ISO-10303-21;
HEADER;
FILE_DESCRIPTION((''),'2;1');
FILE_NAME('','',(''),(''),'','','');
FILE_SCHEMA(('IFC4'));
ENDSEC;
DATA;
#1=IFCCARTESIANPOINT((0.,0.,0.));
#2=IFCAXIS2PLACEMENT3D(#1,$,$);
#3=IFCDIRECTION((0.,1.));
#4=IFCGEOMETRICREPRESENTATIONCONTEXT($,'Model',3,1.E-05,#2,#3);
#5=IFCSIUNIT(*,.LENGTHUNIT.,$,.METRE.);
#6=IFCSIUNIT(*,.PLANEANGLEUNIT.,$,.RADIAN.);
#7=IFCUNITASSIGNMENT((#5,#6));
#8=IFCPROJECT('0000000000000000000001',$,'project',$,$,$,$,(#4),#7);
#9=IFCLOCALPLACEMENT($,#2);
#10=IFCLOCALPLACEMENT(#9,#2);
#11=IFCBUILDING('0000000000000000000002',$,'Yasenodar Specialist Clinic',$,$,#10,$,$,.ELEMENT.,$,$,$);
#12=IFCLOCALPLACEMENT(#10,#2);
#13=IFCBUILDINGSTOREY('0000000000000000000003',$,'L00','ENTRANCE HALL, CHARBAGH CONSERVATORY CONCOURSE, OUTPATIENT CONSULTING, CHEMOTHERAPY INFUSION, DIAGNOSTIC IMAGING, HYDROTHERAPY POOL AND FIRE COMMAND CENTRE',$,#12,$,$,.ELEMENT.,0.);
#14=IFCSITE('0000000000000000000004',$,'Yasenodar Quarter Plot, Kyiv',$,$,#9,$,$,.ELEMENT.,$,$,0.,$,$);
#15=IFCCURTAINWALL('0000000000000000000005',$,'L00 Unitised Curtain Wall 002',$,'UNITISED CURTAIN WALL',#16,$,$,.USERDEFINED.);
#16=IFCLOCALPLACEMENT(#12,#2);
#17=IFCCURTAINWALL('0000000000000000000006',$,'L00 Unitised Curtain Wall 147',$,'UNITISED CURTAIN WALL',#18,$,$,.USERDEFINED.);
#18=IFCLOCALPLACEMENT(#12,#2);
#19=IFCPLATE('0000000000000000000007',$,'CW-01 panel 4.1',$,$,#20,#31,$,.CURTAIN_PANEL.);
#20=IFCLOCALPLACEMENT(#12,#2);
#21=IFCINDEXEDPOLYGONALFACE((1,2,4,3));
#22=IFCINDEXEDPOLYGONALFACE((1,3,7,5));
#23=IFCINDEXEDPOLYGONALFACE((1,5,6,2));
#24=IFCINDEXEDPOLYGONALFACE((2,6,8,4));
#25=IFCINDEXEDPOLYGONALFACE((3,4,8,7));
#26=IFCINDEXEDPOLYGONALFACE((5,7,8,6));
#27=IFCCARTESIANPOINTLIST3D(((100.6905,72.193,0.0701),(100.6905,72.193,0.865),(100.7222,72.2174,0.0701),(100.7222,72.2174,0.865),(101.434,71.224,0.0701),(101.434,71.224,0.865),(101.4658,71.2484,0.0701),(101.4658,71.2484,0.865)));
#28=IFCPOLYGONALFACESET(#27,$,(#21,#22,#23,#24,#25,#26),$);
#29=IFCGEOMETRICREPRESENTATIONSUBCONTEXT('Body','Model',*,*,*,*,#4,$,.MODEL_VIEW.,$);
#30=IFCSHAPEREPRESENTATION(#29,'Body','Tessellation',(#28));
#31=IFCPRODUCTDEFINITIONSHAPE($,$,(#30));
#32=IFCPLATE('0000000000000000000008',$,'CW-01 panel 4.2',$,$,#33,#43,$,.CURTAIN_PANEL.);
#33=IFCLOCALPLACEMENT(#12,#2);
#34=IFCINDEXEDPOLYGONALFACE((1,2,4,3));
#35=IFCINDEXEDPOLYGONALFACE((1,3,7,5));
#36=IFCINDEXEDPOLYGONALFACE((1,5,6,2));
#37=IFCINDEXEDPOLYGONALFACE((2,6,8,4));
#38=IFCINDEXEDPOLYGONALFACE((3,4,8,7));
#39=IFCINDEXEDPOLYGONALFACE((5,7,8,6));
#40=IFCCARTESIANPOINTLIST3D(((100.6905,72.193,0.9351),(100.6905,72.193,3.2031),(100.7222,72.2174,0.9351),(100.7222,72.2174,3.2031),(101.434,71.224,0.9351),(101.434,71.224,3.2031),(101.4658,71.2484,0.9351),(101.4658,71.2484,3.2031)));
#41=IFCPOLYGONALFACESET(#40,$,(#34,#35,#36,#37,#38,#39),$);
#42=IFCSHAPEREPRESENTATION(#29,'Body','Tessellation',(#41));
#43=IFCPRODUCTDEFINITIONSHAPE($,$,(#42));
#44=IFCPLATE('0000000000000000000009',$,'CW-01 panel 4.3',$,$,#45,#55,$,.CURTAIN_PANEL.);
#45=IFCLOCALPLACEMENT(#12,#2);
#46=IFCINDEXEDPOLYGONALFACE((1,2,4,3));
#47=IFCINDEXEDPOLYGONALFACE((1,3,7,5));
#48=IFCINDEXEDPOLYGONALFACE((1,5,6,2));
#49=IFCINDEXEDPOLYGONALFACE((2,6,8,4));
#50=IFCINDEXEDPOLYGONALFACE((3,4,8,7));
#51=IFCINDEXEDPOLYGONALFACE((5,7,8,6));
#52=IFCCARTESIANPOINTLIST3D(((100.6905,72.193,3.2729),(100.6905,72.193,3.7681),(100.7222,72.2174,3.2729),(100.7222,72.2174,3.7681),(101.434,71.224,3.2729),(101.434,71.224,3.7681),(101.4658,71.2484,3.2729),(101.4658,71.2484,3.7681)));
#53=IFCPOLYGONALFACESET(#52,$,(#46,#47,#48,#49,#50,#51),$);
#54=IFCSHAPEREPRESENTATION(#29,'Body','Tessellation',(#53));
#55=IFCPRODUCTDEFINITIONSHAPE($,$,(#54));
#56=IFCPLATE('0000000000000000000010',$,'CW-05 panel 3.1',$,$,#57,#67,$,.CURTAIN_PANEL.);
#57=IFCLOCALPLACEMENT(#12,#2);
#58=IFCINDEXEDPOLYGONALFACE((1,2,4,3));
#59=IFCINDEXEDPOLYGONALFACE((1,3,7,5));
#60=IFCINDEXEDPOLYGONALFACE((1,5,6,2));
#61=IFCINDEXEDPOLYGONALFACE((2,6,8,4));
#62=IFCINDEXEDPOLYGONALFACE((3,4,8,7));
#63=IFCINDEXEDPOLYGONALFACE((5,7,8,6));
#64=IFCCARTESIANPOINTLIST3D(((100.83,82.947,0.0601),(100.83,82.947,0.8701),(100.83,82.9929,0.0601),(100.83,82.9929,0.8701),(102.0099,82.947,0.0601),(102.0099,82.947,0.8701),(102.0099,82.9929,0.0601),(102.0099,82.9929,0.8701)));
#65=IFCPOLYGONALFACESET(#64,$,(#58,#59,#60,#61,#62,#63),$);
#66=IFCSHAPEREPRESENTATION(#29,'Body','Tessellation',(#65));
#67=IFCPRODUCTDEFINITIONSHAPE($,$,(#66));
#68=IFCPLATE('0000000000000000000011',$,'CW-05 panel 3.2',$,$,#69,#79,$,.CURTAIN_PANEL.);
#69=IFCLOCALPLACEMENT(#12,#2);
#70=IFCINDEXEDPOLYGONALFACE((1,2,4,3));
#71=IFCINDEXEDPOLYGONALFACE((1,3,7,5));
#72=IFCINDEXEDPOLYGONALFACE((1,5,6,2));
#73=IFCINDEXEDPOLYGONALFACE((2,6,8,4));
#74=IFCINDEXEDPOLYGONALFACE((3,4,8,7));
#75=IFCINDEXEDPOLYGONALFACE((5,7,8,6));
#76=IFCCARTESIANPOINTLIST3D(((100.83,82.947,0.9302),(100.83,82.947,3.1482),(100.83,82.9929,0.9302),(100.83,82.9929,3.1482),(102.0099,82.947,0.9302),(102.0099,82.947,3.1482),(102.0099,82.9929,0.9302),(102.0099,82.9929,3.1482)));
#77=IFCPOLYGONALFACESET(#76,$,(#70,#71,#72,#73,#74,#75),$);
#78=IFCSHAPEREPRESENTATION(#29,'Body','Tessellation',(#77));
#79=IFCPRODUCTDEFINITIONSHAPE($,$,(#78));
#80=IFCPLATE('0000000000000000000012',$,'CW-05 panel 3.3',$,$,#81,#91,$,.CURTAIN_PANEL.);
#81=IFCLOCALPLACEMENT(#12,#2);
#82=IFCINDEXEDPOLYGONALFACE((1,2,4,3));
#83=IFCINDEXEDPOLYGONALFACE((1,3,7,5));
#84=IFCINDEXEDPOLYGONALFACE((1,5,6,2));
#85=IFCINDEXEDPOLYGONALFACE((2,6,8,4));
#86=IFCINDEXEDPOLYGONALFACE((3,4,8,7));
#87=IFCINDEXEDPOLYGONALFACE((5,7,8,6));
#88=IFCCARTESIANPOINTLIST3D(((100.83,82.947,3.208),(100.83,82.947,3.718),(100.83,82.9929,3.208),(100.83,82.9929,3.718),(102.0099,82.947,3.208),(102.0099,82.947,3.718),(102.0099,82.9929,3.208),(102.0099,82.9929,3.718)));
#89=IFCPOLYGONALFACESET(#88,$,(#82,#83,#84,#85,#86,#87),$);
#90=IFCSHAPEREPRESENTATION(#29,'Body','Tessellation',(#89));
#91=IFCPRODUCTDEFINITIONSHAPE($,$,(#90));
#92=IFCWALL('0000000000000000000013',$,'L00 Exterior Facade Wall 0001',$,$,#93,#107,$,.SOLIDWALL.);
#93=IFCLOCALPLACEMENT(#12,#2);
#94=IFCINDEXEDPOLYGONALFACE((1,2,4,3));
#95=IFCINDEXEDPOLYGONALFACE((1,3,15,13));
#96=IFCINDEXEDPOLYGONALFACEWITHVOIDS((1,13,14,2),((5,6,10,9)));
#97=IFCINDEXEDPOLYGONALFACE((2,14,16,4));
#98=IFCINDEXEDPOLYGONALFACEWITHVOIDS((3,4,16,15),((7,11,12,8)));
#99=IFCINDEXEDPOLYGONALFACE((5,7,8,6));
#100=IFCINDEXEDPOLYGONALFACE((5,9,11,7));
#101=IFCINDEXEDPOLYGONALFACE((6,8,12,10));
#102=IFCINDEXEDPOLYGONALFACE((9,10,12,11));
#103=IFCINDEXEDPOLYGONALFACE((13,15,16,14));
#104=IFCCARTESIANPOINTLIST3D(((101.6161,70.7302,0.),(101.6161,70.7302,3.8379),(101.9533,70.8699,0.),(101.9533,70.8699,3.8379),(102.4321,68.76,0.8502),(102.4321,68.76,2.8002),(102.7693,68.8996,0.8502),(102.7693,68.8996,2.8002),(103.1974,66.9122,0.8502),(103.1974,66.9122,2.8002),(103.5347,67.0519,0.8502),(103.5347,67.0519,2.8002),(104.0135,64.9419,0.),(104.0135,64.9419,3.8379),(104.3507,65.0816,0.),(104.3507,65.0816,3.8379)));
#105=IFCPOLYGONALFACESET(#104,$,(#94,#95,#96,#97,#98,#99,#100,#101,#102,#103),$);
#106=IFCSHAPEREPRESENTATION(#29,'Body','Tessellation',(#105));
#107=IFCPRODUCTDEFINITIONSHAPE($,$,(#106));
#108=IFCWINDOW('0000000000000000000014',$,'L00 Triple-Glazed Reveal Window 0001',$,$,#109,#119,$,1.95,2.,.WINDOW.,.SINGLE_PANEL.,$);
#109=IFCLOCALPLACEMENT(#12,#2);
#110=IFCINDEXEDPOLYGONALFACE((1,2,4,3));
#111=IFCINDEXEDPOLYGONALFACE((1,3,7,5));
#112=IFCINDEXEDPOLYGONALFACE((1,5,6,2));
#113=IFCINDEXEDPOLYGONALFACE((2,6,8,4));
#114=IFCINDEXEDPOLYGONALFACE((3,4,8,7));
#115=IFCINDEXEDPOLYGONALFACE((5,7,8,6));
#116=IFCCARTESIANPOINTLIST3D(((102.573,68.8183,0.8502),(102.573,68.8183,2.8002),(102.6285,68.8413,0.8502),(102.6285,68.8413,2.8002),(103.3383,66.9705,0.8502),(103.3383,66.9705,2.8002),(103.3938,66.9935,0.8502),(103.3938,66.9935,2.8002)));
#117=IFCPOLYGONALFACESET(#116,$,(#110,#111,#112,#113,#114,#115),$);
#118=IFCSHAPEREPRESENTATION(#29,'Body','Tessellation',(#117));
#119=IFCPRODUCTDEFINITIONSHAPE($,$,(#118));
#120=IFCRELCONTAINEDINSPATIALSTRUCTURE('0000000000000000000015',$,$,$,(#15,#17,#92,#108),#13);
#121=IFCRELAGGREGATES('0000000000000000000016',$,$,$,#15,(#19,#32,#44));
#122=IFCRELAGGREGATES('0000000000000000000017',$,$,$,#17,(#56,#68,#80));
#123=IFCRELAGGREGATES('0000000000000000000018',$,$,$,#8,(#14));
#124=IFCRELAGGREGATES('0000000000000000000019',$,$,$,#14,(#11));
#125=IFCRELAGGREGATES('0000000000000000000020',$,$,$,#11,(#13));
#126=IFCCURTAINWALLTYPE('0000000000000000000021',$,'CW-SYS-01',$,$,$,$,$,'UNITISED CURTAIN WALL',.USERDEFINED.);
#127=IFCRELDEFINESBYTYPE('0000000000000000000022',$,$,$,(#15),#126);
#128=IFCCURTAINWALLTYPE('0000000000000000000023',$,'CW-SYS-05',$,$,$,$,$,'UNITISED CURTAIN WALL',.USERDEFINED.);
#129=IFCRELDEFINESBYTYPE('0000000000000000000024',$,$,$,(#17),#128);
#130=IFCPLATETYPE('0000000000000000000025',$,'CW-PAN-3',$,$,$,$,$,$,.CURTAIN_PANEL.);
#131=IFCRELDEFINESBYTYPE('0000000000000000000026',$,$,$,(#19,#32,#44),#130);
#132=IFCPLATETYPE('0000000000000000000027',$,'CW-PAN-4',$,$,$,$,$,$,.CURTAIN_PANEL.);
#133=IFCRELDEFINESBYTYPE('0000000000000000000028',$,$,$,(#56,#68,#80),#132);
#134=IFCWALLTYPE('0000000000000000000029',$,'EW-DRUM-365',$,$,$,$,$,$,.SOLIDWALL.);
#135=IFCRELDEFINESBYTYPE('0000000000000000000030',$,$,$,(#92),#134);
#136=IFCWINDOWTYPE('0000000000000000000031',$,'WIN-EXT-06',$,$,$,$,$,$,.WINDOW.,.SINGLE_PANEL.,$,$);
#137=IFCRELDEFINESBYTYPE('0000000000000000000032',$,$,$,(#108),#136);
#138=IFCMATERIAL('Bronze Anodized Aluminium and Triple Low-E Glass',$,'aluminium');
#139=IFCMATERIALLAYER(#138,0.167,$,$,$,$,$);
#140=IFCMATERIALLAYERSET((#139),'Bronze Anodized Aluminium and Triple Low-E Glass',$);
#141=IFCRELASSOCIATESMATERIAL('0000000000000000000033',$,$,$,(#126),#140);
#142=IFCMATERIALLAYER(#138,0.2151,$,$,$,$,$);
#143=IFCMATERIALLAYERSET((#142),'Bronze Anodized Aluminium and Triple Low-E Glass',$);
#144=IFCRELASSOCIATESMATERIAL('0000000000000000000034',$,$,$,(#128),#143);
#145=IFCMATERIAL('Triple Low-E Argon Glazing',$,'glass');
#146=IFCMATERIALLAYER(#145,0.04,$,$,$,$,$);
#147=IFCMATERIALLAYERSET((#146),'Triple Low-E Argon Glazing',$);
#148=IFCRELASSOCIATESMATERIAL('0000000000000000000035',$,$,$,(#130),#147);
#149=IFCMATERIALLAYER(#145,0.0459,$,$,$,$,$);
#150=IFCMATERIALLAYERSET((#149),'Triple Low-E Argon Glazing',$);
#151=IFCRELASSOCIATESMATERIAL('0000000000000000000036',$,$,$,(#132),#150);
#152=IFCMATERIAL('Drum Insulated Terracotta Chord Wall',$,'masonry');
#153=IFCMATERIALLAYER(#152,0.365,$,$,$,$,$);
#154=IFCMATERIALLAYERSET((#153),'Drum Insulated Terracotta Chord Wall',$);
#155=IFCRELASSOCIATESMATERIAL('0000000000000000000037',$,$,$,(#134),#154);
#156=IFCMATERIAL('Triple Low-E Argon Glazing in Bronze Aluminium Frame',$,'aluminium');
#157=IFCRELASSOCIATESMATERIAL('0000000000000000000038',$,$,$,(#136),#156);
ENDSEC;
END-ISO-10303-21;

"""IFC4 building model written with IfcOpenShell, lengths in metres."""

from ifc_helpers import new_model, si_unit, direction, frame, frame_2d, origin, origin_2d, place, context, subcontext, project, spatial, rectangle, extrude, material, layer, layer_set, type_object, element, fill, aggregate, save


model = new_model("IFC4")

# Units and contexts
model_context = context("Model", 3, precision=1e-05, world=origin(), true_north=direction((0.0, 1.0)))
body_context = subcontext(model_context, "Body", "Model", "MODEL_VIEW")
ifc_project = project(units=[si_unit("LENGTHUNIT", "METRE"), si_unit("PLANEANGLEUNIT", "RADIAN")], contexts=[model_context])

# Site, building, storey
site_placement = place(None, origin())
site = spatial("IfcSite", under=ifc_project, at=site_placement, Name="Yasenodar Quarter Plot, Kyiv", CompositionType="ELEMENT", RefElevation=0.0)
building_placement = place(site_placement, origin())
building = spatial("IfcBuilding", under=site, at=building_placement, Name="Yasenodar Specialist Clinic", CompositionType="ELEMENT")
storey_placement = place(building_placement, origin())
storey = spatial("IfcBuildingStorey", under=building, at=storey_placement, Name="L00", Description="ENTRANCE HALL, CHARBAGH CONSERVATORY CONCOURSE, OUTPATIENT CONSULTING, CHEMOTHERAPY INFUSION, DIAGNOSTIC IMAGING, HYDROTHERAPY POOL AND FIRE COMMAND CENTRE", CompositionType="ELEMENT", Elevation=0.0)

# Curtain wall
ifc_material_1 = material(Name="Bronze Anodized Aluminium and Triple Low-E Glass", Category="aluminium")
ifc_layer_1 = layer(ifc_material_1, 0.167)
ifc_layer_set_1 = layer_set([ifc_layer_1], Name="Bronze Anodized Aluminium and Triple Low-E Glass")
curtain_wall_type_1 = type_object("IfcCurtainWallType", Name="CW-SYS-01", ElementType="UNITISED CURTAIN WALL", PredefinedType="USERDEFINED", material=ifc_layer_set_1)
curtain_wall_1_placement = place(storey_placement, origin())
curtain_wall_1 = element("IfcCurtainWall", 1, at=curtain_wall_1_placement, inside=storey, type_object=curtain_wall_type_1, Name="L00 Unitised Curtain Wall 002", ObjectType="UNITISED CURTAIN WALL", PredefinedType="USERDEFINED")

# Curtain wall
ifc_layer_2 = layer(ifc_material_1, 0.2151)
ifc_layer_set_2 = layer_set([ifc_layer_2], Name="Bronze Anodized Aluminium and Triple Low-E Glass")
curtain_wall_type_2 = type_object("IfcCurtainWallType", Name="CW-SYS-05", ElementType="UNITISED CURTAIN WALL", PredefinedType="USERDEFINED", material=ifc_layer_set_2)
curtain_wall_2_placement = place(storey_placement, origin())
curtain_wall_2 = element("IfcCurtainWall", 2, at=curtain_wall_2_placement, inside=storey, type_object=curtain_wall_type_2, Name="L00 Unitised Curtain Wall 147", ObjectType="UNITISED CURTAIN WALL", PredefinedType="USERDEFINED")

# Plates
ifc_material_2 = material(Name="Triple Low-E Argon Glazing", Category="glass")
ifc_layer_3 = layer(ifc_material_2, 0.04)
ifc_layer_set_3 = layer_set([ifc_layer_3], Name="Triple Low-E Argon Glazing")
plate_type_1 = type_object("IfcPlateType", Name="CW-PAN-3", PredefinedType="CURTAIN_PANEL", material=ifc_layer_set_3)
plate_1_placement = place(storey_placement, frame((101.0781, 71.7207, 0.0701), z_axis=(0.0, 0.0, 1.0), x_axis=(0.608752, -0.793361, 0.0)))
plate_1 = element("IfcPlate", 3, at=plate_1_placement, type_object=plate_type_1, Name="CW-01 panel 4.1", PredefinedType="CURTAIN_PANEL", context=body_context, shape_type="SweptSolid", body=[
    extrude(rectangle(XDim=1.2214, YDim=0.04, at=origin_2d()), origin(), (0.0, 0.0, 1.0), 0.7949),
])
plate_2_placement = place(storey_placement, frame((101.0781, 71.7207, 0.9351), z_axis=(0.0, 0.0, 1.0), x_axis=(0.608752, -0.793361, 0.0)))
plate_2 = element("IfcPlate", 4, at=plate_2_placement, type_object=plate_type_1, Name="CW-01 panel 4.2", PredefinedType="CURTAIN_PANEL", context=body_context, shape_type="SweptSolid", body=[
    extrude(rectangle(XDim=1.2214, YDim=0.04, at=origin_2d()), origin(), (0.0, 0.0, 1.0), 2.2681),
])
plate_3_placement = place(storey_placement, frame((101.0781, 71.7207, 3.2729), z_axis=(0.0, 0.0, 1.0), x_axis=(0.608752, -0.793361, 0.0)))
plate_3 = element("IfcPlate", 5, at=plate_3_placement, type_object=plate_type_1, Name="CW-01 panel 4.3", PredefinedType="CURTAIN_PANEL", context=body_context, shape_type="SweptSolid", body=[
    extrude(rectangle(XDim=1.2214, YDim=0.04, at=origin_2d()), origin(), (0.0, 0.0, 1.0), 0.4951),
])
aggregate(curtain_wall_1, [plate_1, plate_2, plate_3])
ifc_layer_4 = layer(ifc_material_2, 0.0459)
ifc_layer_set_4 = layer_set([ifc_layer_4], Name="Triple Low-E Argon Glazing")
plate_type_2 = type_object("IfcPlateType", Name="CW-PAN-4", PredefinedType="CURTAIN_PANEL", material=ifc_layer_set_4)
plate_4_placement = place(storey_placement, frame((101.4199, 82.97, 0.0601), z_axis=(0.0, 0.0, 1.0), x_axis=(-1.0, 0.0, 0.0)))
plate_4 = element("IfcPlate", 6, at=plate_4_placement, type_object=plate_type_2, Name="CW-05 panel 3.1", PredefinedType="CURTAIN_PANEL", context=body_context, shape_type="SweptSolid", body=[
    extrude(rectangle(XDim=1.1799, YDim=0.0459, at=origin_2d()), origin(), (0.0, 0.0, 1.0), 0.8101),
])
plate_5_placement = place(storey_placement, frame((101.4199, 82.97, 0.9302), z_axis=(0.0, 0.0, 1.0), x_axis=(-1.0, 0.0, 0.0)))
plate_5 = element("IfcPlate", 7, at=plate_5_placement, type_object=plate_type_2, Name="CW-05 panel 3.2", PredefinedType="CURTAIN_PANEL", context=body_context, shape_type="SweptSolid", body=[
    extrude(rectangle(XDim=1.1799, YDim=0.0459, at=origin_2d()), origin(), (0.0, 0.0, 1.0), 2.218),
])
plate_6_placement = place(storey_placement, frame((101.4199, 82.97, 3.208), z_axis=(0.0, 0.0, 1.0), x_axis=(-1.0, 0.0, 0.0)))
plate_6 = element("IfcPlate", 8, at=plate_6_placement, type_object=plate_type_2, Name="CW-05 panel 3.3", PredefinedType="CURTAIN_PANEL", context=body_context, shape_type="SweptSolid", body=[
    extrude(rectangle(XDim=1.1799, YDim=0.0459, at=origin_2d()), origin(), (0.0, 0.0, 1.0), 0.51),
])
aggregate(curtain_wall_2, [plate_4, plate_5, plate_6])

# Wall, opening, window
ifc_material_3 = material(Name="Drum Insulated Terracotta Chord Wall", Category="masonry")
ifc_layer_5 = layer(ifc_material_3, 0.365)
ifc_layer_set_5 = layer_set([ifc_layer_5], Name="Drum Insulated Terracotta Chord Wall")
wall_type = type_object("IfcWallType", Name="EW-DRUM-365", PredefinedType="SOLIDWALL", material=ifc_layer_set_5)
wall_placement = place(storey_placement, frame((101.7847, 70.8, 0.0), z_axis=(0.0, 0.0, 1.0), x_axis=(0.382664, -0.923888, 0.0)))
wall = element("IfcWall", 9, at=wall_placement, inside=storey, type_object=wall_type, Name="L00 Exterior Facade Wall 0001", PredefinedType="SOLIDWALL", context=body_context, shape_type="SweptSolid", body=[
    extrude(rectangle(XDim=6.2651, YDim=0.365, at=frame_2d((3.1326, 0.0))), origin(), (0.0, 0.0, 1.0), 3.8379),
])
opening_placement = place(wall_placement, frame((2.1326, 0.0, 0.8501)))
opening = element("IfcOpeningElement", 10, at=opening_placement, cuts=wall, PredefinedType="OPENING", context=body_context, shape_type="SweptSolid", body=[
    extrude(rectangle(XDim=2.0, YDim=1.95, at=frame_2d((1.0, 0.9751))), frame((0.0, 0.1924, 0.0), z_axis=(0.0, -1.0, 0.0), x_axis=(1.0, 0.0, 0.0)), (0.0, 0.0, 1.0), 0.385),
])
ifc_material_4 = material(Name="Triple Low-E Argon Glazing in Bronze Aluminium Frame", Category="aluminium")
window_type = type_object("IfcWindowType", Name="WIN-EXT-06", PartitioningType="SINGLE_PANEL", PredefinedType="WINDOW", material=ifc_material_4)
window_placement = place(opening_placement, origin())
window = element("IfcWindow", 11, at=window_placement, inside=storey, type_object=window_type, Name="L00 Triple-Glazed Reveal Window 0001", OverallHeight=1.95, OverallWidth=2.0, PartitioningType="SINGLE_PANEL", PredefinedType="WINDOW", context=body_context, shape_type="SweptSolid", body=[
    extrude(rectangle(XDim=2.0, YDim=1.95, at=frame_2d((1.0, 0.9751))), frame((0.0, 0.03, 0.0), z_axis=(0.0, -1.0, 0.0), x_axis=(1.0, 0.0, 0.0)), (0.0, 0.0, 1.0), 0.0601),
])
fill(opening, window)

save(model, "model.ifc")
